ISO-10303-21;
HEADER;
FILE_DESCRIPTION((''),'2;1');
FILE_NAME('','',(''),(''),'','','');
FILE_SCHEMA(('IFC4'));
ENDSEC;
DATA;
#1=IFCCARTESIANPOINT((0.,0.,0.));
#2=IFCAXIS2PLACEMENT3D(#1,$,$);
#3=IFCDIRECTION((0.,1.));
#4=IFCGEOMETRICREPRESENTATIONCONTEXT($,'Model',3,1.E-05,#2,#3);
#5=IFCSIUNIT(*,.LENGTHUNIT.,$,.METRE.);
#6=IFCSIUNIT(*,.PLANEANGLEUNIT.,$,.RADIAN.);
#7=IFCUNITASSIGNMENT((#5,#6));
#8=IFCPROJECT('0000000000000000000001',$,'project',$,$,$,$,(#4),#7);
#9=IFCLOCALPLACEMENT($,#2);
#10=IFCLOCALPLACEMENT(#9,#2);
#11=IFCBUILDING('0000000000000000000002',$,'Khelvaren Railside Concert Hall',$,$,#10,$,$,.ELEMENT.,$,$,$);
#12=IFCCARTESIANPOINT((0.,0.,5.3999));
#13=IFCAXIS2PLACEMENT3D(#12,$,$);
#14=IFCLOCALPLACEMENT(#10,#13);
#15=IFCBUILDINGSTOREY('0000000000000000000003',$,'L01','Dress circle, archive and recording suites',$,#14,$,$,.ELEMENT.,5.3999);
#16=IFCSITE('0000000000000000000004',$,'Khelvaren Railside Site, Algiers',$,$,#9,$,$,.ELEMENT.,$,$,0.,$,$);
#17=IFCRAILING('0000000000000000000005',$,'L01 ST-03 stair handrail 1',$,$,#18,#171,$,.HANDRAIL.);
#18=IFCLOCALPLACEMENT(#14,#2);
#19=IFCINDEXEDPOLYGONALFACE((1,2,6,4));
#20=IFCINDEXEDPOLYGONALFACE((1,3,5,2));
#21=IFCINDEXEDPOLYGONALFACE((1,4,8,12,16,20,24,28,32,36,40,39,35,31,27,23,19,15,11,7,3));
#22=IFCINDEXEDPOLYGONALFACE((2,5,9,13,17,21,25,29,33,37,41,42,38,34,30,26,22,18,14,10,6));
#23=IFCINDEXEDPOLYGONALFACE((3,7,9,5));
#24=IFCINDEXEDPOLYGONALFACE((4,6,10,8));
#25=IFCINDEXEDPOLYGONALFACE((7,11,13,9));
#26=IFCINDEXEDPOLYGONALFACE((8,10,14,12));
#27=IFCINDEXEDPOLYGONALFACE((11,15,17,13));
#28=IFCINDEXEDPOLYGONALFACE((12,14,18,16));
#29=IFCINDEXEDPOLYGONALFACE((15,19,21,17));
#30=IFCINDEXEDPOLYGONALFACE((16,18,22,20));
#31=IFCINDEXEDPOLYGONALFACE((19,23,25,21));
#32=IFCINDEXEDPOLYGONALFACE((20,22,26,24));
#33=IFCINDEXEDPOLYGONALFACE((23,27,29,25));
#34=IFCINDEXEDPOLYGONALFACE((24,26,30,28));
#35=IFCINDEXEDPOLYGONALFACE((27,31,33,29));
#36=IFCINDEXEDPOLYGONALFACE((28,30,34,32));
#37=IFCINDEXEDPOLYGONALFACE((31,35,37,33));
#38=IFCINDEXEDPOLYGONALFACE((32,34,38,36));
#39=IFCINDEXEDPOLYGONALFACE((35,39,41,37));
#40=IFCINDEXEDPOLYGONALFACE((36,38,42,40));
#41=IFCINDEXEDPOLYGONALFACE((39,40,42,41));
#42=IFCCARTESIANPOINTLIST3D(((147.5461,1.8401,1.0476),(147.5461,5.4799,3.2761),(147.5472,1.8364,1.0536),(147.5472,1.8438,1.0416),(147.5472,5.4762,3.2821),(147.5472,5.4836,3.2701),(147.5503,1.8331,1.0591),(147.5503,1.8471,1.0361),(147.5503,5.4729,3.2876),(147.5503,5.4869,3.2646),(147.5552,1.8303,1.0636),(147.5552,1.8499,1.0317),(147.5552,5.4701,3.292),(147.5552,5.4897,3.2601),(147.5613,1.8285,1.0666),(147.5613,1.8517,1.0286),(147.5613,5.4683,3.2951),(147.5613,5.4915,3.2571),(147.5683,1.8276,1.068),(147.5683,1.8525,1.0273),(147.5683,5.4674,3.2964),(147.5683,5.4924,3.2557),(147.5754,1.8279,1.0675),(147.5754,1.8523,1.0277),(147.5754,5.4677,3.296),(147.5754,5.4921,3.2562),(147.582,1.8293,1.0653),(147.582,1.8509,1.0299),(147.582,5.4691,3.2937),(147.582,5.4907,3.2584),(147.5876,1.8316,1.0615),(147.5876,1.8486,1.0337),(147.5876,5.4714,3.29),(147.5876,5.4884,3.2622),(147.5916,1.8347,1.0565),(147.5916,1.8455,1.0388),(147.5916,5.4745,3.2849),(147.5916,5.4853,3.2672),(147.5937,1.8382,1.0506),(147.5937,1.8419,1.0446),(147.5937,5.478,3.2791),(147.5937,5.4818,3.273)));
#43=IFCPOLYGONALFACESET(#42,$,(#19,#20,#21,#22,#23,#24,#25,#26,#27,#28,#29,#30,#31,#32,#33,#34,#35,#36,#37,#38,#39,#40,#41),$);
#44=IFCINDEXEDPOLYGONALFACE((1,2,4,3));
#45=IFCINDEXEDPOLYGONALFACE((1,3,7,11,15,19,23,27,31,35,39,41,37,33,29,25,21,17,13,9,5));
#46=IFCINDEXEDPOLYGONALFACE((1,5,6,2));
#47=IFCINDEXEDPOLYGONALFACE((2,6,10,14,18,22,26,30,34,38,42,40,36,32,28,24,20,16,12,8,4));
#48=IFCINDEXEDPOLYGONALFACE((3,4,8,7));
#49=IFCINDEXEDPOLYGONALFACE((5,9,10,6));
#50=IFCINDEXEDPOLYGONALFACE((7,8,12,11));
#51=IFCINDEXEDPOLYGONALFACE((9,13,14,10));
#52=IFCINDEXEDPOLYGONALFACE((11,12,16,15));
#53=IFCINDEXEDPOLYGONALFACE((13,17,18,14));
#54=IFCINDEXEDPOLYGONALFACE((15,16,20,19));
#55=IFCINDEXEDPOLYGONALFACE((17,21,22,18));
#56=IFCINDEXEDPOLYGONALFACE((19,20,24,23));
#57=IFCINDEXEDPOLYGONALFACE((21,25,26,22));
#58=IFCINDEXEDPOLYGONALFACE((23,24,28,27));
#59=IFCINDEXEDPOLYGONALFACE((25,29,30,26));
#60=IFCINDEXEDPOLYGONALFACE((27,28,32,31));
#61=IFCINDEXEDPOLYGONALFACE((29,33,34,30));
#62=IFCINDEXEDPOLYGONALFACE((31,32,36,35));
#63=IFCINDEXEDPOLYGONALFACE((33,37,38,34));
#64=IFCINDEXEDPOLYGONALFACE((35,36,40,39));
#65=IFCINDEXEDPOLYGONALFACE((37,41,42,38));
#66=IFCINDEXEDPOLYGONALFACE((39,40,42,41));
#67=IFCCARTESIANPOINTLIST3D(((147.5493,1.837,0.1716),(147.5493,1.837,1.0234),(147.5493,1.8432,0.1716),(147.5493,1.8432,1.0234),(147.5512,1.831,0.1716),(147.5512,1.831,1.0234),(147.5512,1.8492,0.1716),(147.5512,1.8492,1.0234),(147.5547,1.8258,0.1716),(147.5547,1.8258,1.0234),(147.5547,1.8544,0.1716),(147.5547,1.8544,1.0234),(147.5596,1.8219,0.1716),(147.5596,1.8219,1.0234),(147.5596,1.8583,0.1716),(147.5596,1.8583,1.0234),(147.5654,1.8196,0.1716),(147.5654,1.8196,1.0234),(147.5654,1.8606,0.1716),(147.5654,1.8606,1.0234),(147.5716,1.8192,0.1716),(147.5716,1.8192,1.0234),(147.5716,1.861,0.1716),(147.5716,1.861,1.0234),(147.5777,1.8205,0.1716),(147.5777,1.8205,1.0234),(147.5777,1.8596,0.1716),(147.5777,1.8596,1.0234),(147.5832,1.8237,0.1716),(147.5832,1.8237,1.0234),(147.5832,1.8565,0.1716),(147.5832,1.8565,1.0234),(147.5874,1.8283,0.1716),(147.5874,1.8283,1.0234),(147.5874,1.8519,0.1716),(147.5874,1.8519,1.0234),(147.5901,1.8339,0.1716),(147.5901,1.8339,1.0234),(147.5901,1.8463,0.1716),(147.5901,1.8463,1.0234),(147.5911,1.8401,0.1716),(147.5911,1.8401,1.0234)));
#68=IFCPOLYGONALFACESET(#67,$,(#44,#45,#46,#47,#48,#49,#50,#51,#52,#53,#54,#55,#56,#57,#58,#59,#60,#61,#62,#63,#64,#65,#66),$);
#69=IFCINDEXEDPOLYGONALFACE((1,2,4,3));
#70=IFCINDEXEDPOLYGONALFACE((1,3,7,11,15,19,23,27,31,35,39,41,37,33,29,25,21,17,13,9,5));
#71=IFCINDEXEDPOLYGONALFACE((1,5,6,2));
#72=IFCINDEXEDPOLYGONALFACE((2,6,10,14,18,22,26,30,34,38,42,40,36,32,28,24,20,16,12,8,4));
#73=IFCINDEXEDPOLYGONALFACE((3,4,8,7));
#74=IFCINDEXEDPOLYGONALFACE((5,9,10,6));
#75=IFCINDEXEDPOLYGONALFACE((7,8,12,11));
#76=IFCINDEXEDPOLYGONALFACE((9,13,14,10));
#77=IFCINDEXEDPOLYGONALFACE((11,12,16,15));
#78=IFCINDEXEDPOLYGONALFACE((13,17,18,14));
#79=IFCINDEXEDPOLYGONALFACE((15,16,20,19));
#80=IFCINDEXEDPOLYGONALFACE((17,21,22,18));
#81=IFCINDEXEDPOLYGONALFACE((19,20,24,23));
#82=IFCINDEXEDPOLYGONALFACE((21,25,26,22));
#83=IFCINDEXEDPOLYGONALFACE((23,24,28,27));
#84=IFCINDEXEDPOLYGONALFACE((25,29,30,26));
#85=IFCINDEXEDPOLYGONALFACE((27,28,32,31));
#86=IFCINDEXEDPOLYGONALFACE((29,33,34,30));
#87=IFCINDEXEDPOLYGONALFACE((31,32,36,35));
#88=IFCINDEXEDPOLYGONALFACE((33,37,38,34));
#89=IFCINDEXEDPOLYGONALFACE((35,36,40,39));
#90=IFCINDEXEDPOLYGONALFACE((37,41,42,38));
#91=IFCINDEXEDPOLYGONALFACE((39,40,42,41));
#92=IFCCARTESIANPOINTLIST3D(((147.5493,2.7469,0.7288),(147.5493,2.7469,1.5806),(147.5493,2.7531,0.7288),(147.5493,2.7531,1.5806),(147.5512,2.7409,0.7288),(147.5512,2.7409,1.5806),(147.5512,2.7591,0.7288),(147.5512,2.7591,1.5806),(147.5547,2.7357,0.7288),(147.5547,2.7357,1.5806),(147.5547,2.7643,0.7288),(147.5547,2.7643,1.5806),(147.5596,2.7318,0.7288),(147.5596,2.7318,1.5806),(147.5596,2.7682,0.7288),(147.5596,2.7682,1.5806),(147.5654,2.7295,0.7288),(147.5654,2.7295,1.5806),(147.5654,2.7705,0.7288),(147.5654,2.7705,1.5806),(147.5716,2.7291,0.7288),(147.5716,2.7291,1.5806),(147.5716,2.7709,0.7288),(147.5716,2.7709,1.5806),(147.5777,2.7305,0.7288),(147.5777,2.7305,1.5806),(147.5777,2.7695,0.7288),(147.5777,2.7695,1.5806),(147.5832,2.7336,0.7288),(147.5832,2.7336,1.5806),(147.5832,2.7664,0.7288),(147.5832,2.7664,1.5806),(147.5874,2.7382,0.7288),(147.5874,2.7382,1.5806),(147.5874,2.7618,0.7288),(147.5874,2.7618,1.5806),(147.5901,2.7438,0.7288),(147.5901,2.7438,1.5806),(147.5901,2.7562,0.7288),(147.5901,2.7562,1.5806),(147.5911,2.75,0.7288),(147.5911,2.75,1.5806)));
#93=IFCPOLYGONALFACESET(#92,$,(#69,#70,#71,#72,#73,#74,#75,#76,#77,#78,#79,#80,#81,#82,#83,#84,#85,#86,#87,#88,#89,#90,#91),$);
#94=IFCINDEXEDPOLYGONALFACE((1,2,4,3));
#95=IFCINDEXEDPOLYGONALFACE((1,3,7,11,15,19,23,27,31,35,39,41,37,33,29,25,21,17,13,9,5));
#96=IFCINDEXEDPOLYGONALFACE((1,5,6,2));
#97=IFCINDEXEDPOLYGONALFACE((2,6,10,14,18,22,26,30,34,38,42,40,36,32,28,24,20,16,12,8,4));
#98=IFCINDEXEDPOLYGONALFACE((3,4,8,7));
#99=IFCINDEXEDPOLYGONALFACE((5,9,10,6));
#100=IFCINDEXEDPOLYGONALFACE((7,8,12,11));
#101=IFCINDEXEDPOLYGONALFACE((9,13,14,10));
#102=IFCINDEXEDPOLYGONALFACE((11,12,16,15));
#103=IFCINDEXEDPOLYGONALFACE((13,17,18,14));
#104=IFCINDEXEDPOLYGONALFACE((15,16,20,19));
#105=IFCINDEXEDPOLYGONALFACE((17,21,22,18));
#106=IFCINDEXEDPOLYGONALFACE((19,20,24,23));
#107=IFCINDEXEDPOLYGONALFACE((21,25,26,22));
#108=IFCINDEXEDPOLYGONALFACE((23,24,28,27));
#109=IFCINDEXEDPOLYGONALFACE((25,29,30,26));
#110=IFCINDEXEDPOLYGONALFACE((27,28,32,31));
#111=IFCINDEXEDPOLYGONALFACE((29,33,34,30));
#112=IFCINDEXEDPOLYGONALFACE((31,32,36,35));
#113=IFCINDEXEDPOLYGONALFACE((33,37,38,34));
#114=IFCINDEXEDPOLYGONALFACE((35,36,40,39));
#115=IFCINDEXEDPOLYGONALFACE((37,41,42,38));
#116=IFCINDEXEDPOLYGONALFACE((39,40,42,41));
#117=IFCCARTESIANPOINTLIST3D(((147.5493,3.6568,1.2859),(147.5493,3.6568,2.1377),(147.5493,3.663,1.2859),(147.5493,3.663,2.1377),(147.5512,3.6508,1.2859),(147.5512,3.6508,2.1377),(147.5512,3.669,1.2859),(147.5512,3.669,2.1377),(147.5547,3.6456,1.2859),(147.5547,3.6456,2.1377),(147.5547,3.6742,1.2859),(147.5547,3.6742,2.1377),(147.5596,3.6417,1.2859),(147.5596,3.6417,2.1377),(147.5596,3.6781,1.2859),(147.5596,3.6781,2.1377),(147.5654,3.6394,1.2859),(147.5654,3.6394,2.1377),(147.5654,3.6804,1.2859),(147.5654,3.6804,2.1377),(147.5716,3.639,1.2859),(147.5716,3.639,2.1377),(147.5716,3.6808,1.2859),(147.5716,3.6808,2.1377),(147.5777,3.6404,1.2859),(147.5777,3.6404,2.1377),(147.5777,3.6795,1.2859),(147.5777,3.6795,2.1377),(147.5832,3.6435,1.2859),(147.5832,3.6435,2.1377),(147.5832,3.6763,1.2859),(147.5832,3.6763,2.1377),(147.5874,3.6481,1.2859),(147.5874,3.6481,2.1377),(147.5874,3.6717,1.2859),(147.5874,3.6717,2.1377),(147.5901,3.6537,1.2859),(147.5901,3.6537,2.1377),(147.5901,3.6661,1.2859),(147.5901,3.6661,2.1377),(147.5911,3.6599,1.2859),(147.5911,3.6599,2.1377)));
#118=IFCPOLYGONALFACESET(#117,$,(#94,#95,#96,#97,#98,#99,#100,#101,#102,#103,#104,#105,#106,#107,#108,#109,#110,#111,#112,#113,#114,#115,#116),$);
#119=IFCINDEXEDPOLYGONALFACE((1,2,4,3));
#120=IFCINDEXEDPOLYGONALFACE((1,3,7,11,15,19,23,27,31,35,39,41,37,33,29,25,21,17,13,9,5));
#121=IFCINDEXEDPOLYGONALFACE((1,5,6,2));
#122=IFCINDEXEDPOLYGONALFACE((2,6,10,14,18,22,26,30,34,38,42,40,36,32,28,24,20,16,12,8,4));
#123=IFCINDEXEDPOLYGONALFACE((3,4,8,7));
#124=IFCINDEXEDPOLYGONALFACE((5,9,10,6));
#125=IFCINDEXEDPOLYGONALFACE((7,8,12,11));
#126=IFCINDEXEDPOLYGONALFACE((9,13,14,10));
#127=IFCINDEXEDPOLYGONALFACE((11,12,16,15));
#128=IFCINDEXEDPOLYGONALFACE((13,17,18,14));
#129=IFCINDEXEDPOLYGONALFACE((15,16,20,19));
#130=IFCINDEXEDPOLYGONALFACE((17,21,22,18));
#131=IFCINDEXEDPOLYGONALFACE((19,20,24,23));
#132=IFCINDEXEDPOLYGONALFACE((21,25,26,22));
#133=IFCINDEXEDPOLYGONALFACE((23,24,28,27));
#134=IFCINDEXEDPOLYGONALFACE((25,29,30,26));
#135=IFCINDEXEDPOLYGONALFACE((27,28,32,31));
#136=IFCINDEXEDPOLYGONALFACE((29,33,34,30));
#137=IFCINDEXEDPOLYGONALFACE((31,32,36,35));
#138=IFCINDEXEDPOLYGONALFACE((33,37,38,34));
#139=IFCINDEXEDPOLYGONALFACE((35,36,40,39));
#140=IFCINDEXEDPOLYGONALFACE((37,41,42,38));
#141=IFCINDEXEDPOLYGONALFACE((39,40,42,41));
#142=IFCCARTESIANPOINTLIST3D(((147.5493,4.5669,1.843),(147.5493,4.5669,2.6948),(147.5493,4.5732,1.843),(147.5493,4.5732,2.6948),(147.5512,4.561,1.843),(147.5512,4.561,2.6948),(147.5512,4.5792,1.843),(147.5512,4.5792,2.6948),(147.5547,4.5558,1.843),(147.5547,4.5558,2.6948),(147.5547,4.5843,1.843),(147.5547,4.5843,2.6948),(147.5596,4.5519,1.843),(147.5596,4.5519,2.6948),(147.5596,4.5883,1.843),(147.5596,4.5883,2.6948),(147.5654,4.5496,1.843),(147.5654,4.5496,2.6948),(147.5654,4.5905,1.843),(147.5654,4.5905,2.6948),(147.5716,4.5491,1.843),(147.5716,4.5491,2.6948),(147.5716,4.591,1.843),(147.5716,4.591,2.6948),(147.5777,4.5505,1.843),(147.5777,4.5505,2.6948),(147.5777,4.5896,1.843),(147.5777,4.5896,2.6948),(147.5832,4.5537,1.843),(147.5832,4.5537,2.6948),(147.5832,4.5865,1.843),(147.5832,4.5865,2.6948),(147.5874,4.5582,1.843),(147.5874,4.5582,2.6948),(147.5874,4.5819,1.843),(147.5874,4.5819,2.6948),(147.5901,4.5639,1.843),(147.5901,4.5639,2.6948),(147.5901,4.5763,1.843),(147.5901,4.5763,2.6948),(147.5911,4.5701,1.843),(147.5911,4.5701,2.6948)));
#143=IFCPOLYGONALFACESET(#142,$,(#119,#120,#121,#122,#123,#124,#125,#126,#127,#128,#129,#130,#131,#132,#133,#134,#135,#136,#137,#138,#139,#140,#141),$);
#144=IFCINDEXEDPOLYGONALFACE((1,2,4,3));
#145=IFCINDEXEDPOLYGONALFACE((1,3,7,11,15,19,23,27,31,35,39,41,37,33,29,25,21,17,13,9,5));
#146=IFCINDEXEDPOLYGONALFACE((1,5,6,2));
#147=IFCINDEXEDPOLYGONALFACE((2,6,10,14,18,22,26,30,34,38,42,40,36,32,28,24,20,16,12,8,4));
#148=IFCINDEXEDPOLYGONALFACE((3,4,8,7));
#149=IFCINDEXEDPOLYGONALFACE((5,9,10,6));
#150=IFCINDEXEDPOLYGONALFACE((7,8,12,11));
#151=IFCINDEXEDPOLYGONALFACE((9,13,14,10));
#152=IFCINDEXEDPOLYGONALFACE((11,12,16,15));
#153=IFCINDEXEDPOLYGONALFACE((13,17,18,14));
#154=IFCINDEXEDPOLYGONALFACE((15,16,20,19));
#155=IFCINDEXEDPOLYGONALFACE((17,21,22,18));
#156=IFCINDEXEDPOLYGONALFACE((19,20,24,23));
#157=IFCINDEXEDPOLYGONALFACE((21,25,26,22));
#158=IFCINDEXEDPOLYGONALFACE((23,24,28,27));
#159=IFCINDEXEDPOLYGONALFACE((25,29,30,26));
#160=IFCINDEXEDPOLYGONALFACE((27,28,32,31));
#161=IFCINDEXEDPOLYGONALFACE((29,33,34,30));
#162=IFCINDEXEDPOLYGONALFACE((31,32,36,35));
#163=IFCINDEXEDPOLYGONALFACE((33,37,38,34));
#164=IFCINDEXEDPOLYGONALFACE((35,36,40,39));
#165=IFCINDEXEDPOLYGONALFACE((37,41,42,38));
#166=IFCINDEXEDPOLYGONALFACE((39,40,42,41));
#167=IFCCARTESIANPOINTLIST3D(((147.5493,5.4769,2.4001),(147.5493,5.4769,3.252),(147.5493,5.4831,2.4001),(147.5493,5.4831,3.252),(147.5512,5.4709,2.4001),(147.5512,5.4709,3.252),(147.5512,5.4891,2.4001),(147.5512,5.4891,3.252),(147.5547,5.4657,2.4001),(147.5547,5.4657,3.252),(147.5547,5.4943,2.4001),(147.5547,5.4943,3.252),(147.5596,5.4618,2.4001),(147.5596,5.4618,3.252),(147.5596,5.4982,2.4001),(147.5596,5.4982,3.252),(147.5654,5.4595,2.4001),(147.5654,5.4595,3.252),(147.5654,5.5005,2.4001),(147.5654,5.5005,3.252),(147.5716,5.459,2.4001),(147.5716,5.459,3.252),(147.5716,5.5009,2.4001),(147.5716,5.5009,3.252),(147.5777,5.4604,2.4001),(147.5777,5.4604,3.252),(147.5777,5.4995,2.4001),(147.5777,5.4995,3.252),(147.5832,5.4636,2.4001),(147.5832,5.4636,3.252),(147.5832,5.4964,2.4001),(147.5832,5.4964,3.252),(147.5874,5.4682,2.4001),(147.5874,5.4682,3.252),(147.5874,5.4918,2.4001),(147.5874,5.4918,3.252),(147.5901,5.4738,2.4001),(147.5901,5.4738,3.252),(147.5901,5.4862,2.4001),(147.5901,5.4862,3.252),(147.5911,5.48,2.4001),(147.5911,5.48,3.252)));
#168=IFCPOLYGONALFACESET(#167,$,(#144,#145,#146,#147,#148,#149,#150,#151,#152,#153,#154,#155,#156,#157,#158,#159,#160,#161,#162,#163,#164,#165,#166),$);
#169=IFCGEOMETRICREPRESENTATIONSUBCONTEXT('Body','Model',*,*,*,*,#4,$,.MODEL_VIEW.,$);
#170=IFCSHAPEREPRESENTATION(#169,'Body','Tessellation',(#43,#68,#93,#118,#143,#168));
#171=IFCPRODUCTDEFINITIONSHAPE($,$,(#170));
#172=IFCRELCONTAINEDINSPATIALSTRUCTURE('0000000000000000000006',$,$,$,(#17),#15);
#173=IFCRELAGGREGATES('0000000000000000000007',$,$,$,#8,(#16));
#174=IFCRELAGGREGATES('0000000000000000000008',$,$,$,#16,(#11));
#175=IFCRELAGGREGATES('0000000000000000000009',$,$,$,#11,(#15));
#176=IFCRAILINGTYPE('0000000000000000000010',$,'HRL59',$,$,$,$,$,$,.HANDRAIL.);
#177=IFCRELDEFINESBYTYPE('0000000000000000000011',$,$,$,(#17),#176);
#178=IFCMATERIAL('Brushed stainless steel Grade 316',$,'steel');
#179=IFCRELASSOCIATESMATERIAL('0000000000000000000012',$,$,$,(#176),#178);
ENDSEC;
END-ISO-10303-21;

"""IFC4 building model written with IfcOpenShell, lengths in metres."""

from ifc_helpers import new_model, si_unit, direction, frame, origin, origin_2d, place, context, subcontext, project, spatial, circle, extrude, material, type_object, element, save


model = new_model("IFC4")

# Units and contexts
model_context = context("Model", 3, precision=1e-05, world=origin(), true_north=direction((0.0, 1.0)))
body_context = subcontext(model_context, "Body", "Model", "MODEL_VIEW")
ifc_project = project(units=[si_unit("LENGTHUNIT", "METRE"), si_unit("PLANEANGLEUNIT", "RADIAN")], contexts=[model_context])

# Site, building, storey
site_placement = place(None, origin())
site = spatial("IfcSite", under=ifc_project, at=site_placement, Name="Khelvaren Railside Site, Algiers", CompositionType="ELEMENT", RefElevation=0.0)
building_placement = place(site_placement, origin())
building = spatial("IfcBuilding", under=site, at=building_placement, Name="Khelvaren Railside Concert Hall", CompositionType="ELEMENT")
storey_placement = place(building_placement, frame((0.0, 0.0, 5.3999)))
storey = spatial("IfcBuildingStorey", under=building, at=storey_placement, Name="L01", Description="Dress circle, archive and recording suites", CompositionType="ELEMENT", Elevation=5.3999)

# Railing
ifc_material_1 = material(Name="Brushed stainless steel Grade 316", Category="steel")
railing_type_1 = type_object("IfcRailingType", Name="HRL59", PredefinedType="HANDRAIL", material=ifc_material_1)
railing_1_placement = place(storey_placement, frame((147.5701, 1.8401, 0.1716)))
element("IfcRailing", 1, at=railing_1_placement, inside=storey, type_object=railing_type_1, Name="L01 ST-03 stair handrail 1", PredefinedType="HANDRAIL", context=body_context, shape_type="SweptSolid", body=[
    extrude(circle(Radius=0.0239, at=origin_2d()), frame((0.0, 0.0, 0.876), z_axis=(0.0, 0.85285, 0.522156), x_axis=(-1.0, 0.0, 0.0)), (0.0, 0.0, 1.0), 4.2678),
    extrude(circle(Radius=0.021, at=origin_2d()), origin(), (0.0, 0.0, 1.0), 0.8518),
    extrude(circle(Radius=0.021, at=origin_2d()), frame((0.0, 0.9099, 0.5571)), (0.0, 0.0, 1.0), 0.8518),
    extrude(circle(Radius=0.021, at=origin_2d()), frame((0.0, 1.8198, 1.1143)), (0.0, 0.0, 1.0), 0.8518),
    extrude(circle(Radius=0.021, at=origin_2d()), frame((0.0, 2.73, 1.6714)), (0.0, 0.0, 1.0), 0.8518),
    extrude(circle(Radius=0.021, at=origin_2d()), frame((0.0, 3.6399, 2.2285)), (0.0, 0.0, 1.0), 0.8518),
])

save(model, "model.ifc")
